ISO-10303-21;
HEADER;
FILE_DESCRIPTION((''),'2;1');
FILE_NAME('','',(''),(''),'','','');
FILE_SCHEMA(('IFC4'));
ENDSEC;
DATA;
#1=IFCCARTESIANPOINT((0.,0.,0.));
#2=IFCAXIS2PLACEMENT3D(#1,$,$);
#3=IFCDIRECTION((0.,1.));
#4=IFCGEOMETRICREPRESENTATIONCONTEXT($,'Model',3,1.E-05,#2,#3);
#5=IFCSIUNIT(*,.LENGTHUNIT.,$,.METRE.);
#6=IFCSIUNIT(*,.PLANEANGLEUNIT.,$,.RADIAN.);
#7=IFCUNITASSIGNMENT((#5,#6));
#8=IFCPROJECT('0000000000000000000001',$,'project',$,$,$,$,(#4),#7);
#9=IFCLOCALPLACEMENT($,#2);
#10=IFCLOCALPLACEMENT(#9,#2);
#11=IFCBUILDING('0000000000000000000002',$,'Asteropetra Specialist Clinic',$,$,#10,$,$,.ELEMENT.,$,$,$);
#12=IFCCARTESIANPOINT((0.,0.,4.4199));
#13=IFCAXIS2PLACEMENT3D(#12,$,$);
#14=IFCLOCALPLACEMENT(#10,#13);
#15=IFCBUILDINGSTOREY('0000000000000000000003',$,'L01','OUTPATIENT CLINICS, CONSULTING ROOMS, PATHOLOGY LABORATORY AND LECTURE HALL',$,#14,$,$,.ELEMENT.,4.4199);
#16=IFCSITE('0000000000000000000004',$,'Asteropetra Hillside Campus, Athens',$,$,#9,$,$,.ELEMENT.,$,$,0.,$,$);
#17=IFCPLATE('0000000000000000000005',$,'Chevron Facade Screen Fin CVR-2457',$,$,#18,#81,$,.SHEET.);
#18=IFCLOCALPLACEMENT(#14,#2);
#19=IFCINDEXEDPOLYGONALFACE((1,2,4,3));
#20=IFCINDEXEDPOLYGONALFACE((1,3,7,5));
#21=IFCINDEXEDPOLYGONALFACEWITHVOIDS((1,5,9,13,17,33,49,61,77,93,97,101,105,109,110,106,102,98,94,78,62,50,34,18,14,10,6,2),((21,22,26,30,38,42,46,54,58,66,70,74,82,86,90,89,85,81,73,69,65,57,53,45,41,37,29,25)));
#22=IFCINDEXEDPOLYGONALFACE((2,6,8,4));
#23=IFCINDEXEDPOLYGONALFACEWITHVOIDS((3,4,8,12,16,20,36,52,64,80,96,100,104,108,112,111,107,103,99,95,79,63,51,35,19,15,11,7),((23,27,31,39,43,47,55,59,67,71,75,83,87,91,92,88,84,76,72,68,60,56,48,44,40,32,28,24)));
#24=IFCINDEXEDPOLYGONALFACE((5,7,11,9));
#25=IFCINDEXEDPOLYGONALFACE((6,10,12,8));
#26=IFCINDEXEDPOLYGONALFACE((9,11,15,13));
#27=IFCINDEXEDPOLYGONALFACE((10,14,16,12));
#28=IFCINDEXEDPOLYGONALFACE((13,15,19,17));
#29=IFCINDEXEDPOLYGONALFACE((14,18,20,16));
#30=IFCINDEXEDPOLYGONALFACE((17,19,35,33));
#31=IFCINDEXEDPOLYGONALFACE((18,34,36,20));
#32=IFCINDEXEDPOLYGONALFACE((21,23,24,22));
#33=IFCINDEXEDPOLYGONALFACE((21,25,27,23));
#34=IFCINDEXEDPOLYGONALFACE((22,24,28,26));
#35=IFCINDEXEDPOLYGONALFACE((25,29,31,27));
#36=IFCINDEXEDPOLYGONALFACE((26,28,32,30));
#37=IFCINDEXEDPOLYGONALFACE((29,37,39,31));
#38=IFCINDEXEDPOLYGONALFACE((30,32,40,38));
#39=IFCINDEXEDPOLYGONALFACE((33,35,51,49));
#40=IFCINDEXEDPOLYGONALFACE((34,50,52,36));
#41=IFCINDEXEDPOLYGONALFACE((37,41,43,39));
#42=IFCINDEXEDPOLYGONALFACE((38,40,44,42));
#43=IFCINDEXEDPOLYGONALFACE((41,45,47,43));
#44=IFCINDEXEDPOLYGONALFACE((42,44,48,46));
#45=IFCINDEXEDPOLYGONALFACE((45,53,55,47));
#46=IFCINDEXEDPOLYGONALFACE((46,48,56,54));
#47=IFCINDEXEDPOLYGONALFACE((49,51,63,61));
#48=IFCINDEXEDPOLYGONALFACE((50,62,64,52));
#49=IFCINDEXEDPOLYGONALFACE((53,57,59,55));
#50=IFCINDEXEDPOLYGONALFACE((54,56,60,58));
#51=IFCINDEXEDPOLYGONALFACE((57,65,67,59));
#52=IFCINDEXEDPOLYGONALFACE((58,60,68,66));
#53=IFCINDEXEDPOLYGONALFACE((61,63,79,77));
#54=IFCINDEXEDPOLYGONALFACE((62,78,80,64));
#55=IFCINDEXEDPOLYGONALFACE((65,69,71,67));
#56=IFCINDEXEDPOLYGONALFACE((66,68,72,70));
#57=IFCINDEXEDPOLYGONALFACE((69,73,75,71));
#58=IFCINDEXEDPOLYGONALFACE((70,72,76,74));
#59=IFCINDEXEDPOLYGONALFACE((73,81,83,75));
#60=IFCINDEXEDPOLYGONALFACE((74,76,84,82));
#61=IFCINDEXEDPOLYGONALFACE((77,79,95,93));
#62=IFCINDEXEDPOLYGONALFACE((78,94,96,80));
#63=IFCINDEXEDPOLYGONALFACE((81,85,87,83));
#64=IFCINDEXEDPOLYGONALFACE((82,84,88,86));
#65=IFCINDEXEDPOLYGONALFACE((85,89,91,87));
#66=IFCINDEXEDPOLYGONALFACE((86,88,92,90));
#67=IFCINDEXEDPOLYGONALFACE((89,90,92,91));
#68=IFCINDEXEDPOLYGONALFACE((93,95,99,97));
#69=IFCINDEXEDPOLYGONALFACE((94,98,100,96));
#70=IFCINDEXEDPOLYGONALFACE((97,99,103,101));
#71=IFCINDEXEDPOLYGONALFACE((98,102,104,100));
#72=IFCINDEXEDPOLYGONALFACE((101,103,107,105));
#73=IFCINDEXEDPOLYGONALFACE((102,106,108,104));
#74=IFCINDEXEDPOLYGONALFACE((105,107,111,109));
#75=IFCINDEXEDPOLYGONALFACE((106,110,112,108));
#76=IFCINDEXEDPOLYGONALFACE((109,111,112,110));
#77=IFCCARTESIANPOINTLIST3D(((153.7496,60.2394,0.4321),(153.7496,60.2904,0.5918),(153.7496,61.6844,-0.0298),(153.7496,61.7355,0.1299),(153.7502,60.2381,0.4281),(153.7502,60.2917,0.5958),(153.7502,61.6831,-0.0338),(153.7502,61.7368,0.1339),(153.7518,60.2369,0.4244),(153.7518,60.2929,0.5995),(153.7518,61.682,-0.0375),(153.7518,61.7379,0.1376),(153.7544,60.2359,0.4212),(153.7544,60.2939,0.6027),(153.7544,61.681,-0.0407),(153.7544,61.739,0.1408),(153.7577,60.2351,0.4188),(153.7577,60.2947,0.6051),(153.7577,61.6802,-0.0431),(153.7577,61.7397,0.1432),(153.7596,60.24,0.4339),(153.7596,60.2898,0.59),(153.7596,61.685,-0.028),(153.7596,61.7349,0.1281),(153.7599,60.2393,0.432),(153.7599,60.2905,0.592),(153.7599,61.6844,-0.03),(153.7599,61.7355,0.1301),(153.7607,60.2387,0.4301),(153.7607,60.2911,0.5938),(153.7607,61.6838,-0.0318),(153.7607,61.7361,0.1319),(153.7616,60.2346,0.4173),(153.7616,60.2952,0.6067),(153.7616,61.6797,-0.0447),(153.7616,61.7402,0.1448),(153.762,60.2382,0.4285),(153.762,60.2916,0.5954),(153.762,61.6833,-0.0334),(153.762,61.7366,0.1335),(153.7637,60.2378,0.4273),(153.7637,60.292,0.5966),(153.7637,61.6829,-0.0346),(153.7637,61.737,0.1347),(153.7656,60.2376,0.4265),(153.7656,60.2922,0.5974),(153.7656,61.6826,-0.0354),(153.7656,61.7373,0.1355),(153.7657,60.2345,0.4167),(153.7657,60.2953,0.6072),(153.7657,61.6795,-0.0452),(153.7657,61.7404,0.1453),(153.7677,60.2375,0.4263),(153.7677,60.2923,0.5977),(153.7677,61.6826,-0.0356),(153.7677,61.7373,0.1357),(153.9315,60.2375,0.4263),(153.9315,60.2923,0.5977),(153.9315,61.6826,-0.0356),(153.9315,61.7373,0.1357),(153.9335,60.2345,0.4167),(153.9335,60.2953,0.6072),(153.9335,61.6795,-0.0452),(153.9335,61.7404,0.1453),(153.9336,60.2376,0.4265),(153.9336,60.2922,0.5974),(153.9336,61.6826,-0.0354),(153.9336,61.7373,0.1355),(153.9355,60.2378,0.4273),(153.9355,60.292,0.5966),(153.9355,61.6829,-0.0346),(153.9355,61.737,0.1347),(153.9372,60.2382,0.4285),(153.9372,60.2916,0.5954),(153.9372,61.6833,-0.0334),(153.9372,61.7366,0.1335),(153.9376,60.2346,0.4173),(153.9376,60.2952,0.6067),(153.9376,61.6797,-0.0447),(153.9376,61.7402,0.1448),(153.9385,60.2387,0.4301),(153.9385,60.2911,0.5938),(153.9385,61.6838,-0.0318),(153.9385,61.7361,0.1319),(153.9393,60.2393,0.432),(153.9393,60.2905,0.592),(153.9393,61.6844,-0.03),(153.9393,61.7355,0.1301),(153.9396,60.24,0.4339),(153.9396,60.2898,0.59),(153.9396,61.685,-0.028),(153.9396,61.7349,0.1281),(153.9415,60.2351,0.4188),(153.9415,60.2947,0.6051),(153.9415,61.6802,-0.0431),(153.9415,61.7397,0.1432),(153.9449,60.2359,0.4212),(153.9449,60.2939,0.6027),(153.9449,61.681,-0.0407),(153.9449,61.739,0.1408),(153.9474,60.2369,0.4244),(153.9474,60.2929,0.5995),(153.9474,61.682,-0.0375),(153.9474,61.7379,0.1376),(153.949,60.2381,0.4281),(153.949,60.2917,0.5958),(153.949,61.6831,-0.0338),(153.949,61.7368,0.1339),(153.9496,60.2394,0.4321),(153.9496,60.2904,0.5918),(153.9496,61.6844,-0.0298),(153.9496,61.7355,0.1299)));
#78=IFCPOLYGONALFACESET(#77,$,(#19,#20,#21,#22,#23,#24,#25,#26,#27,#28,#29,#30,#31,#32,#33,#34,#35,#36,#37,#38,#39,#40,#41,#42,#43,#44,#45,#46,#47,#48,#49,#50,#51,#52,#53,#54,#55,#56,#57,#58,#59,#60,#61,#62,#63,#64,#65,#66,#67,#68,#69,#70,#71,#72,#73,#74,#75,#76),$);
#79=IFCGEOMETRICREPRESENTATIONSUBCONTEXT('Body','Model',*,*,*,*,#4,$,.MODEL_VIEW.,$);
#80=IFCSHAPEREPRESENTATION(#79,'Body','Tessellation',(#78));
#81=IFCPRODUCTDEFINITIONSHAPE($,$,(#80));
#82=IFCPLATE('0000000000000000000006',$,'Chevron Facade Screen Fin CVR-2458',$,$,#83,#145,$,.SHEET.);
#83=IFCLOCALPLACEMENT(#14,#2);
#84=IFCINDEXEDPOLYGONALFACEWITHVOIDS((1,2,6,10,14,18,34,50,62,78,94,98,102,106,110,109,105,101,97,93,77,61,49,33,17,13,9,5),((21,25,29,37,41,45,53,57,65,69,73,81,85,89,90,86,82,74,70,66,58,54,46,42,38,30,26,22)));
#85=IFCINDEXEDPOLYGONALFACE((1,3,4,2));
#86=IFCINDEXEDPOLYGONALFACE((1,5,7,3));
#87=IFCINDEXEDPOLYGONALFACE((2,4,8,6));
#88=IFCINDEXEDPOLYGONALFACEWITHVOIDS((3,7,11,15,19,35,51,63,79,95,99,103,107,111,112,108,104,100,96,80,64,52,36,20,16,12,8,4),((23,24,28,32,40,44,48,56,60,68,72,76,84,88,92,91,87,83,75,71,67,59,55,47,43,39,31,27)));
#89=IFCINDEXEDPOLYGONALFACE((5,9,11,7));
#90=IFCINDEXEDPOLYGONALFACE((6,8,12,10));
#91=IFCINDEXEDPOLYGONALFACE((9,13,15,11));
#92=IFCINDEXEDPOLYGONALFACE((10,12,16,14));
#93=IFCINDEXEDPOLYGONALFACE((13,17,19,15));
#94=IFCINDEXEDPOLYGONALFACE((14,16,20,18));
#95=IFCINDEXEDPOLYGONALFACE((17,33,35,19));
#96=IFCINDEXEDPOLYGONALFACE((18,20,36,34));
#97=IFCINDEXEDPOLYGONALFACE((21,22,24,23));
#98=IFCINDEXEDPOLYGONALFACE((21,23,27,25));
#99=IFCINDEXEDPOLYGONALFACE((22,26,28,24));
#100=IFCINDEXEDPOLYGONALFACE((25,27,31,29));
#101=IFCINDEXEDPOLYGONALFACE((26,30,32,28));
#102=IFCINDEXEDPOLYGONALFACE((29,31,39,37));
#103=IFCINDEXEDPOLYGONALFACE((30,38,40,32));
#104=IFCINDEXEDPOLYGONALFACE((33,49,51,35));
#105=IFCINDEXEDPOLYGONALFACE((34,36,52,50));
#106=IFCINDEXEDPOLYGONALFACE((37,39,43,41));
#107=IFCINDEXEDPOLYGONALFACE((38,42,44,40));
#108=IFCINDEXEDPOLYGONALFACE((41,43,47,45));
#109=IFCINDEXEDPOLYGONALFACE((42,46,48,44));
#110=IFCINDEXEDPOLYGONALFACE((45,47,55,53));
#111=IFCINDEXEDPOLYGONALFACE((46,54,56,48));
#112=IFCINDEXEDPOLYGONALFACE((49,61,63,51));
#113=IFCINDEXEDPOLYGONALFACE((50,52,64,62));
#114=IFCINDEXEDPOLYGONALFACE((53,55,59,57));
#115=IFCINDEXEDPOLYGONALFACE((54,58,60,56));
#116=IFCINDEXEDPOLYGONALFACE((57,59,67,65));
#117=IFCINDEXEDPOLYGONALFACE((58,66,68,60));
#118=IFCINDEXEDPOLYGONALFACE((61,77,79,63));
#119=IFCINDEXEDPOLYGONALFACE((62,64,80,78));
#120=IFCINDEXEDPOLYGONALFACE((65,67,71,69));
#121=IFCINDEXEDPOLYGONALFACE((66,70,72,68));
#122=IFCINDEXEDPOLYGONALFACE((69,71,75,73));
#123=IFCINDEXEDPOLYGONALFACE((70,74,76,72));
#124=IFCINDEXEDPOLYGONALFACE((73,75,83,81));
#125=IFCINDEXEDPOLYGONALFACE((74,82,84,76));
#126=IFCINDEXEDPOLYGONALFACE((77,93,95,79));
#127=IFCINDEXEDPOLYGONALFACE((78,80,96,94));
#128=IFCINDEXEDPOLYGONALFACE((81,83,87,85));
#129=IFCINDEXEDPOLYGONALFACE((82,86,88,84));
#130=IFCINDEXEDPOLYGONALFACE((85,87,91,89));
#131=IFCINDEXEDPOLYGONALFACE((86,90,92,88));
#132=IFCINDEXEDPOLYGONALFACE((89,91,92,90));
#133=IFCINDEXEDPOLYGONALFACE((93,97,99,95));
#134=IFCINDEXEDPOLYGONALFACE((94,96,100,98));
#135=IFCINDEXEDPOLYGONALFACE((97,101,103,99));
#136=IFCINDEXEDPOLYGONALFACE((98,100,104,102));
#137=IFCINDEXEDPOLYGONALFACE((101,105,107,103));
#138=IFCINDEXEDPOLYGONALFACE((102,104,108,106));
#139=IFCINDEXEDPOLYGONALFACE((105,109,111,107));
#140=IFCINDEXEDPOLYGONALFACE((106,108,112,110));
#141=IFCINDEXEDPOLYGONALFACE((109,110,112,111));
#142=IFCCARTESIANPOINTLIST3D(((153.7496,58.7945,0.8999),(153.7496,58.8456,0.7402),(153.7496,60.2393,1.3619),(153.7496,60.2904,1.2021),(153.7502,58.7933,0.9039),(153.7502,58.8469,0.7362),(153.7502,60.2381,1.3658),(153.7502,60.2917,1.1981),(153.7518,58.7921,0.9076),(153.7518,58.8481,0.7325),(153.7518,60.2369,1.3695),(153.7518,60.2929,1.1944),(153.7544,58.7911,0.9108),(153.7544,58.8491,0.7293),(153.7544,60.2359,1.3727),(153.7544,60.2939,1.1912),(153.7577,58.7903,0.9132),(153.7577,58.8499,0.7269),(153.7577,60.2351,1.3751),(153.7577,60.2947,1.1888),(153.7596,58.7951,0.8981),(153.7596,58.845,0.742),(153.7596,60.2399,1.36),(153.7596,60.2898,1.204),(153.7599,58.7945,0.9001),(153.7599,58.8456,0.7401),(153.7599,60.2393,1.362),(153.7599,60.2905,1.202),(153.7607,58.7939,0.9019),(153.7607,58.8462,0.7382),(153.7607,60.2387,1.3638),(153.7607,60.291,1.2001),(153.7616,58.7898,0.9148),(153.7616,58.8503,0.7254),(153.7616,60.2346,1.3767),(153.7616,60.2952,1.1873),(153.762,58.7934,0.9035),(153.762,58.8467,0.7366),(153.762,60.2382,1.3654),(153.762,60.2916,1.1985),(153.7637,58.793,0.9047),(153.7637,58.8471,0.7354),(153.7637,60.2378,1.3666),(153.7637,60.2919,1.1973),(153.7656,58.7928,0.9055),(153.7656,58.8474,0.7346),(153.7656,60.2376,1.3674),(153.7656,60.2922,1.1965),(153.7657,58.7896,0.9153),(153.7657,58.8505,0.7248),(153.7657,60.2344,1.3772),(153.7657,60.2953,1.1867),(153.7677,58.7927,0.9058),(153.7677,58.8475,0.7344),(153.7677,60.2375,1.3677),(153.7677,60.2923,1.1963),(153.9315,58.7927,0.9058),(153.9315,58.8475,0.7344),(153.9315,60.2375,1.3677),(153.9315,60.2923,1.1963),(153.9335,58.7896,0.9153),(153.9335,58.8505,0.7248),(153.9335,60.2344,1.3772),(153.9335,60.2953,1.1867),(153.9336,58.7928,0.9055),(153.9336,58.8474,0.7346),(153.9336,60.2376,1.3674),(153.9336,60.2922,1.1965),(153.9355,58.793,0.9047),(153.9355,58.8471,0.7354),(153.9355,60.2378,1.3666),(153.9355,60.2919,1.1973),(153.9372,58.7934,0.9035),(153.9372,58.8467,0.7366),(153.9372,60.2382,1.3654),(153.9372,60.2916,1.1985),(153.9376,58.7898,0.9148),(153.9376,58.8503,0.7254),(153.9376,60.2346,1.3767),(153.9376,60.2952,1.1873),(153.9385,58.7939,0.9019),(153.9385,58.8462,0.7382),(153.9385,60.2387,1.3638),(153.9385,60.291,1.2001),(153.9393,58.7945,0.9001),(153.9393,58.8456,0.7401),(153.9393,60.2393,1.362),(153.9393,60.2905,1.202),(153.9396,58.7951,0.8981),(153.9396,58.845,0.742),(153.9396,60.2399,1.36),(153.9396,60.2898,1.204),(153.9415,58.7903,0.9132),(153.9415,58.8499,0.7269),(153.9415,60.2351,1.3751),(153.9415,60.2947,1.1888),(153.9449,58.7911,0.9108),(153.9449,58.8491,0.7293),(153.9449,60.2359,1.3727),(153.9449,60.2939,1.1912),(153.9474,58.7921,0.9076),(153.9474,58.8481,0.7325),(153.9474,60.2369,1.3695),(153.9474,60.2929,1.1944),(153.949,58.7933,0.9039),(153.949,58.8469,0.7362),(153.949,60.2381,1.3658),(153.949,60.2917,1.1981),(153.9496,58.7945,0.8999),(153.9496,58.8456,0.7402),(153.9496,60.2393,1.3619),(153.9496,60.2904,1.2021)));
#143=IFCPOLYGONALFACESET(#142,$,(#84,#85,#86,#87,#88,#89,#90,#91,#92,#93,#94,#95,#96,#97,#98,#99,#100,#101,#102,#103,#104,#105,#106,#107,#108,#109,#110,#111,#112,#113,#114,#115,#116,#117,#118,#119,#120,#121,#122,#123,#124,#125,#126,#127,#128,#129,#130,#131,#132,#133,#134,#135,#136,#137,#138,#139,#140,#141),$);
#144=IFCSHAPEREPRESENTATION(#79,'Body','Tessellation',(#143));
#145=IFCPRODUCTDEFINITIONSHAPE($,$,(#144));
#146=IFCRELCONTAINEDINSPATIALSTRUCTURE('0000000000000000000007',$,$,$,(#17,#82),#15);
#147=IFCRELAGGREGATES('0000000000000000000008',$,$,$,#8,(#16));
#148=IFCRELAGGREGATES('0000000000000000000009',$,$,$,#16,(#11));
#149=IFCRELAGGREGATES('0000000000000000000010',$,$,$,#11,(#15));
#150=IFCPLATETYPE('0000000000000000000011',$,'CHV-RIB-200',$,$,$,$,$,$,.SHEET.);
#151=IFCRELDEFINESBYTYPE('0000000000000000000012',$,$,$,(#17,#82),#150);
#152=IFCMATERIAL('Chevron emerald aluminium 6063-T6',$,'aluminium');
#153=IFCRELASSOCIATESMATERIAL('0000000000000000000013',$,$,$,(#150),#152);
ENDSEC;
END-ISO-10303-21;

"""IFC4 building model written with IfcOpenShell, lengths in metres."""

from ifc_helpers import new_model, si_unit, direction, frame, origin, origin_2d, place, context, subcontext, project, spatial, hollow_rectangle, extrude, material, material_profile, profile_set, type_object, element, save


model = new_model("IFC4")

# Units and contexts
model_context = context("Model", 3, precision=1e-05, world=origin(), true_north=direction((0.0, 1.0)))
body_context = subcontext(model_context, "Body", "Model", "MODEL_VIEW")
ifc_project = project(units=[si_unit("LENGTHUNIT", "METRE"), si_unit("PLANEANGLEUNIT", "RADIAN")], contexts=[model_context])

# Site, building, storey
site_placement = place(None, origin())
site = spatial("IfcSite", under=ifc_project, at=site_placement, Name="Asteropetra Hillside Campus, Athens", CompositionType="ELEMENT", RefElevation=0.0)
building_placement = place(site_placement, origin())
building = spatial("IfcBuilding", under=site, at=building_placement, Name="Asteropetra Specialist Clinic", CompositionType="ELEMENT")
storey_placement = place(building_placement, frame((0.0, 0.0, 4.4199)))
storey = spatial("IfcBuildingStorey", under=building, at=storey_placement, Name="L01", Description="OUTPATIENT CLINICS, CONSULTING ROOMS, PATHOLOGY LABORATORY AND LECTURE HALL", CompositionType="ELEMENT", Elevation=4.4199)

# Plates
ifc_material_1 = material(Name="Chevron emerald aluminium 6063-T6", Category="aluminium")
ifc_material_profile = material_profile(ifc_material_1, hollow_rectangle(XDim=0.2, YDim=0.2, WallThickness=0.01, InnerFilletRadius=0.0081, OuterFilletRadius=0.0161, at=origin_2d()), Name="SHS 200x200x10.0")
ifc_profile_set = profile_set([ifc_material_profile], Name="Chevron emerald aluminium 6063-T6")
plate_type = type_object("IfcPlateType", Name="CHV-RIB-200", PredefinedType="SHEET", material=ifc_profile_set)
plate_1_placement = place(storey_placement, frame((153.8496, 60.2649, 0.512), z_axis=(0.0, 0.952521, -0.304472), x_axis=(-1.0, 0.0, 0.0)))
element("IfcPlate", 1, at=plate_1_placement, inside=storey, type_object=plate_type, Name="Chevron Facade Screen Fin CVR-2457", PredefinedType="SHEET", context=body_context, shape_type="SweptSolid", body=[
    extrude(hollow_rectangle(XDim=0.2, YDim=0.2, WallThickness=0.01, InnerFilletRadius=0.0081, OuterFilletRadius=0.0161, at=origin_2d()), origin(), (0.0, 0.0, 1.0), 1.5171),
])
plate_2_placement = place(storey_placement, frame((153.8496, 58.8201, 0.8201), z_axis=(0.0, 0.952506, 0.304519), x_axis=(-1.0, 0.0, 0.0)))
element("IfcPlate", 2, at=plate_2_placement, inside=storey, type_object=plate_type, Name="Chevron Facade Screen Fin CVR-2458", PredefinedType="SHEET", context=body_context, shape_type="SweptSolid", body=[
    extrude(hollow_rectangle(XDim=0.2, YDim=0.2, WallThickness=0.01, InnerFilletRadius=0.0081, OuterFilletRadius=0.0161, at=origin_2d()), origin(), (0.0, 0.0, 1.0), 1.5168),
])

save(model, "model.ifc")
